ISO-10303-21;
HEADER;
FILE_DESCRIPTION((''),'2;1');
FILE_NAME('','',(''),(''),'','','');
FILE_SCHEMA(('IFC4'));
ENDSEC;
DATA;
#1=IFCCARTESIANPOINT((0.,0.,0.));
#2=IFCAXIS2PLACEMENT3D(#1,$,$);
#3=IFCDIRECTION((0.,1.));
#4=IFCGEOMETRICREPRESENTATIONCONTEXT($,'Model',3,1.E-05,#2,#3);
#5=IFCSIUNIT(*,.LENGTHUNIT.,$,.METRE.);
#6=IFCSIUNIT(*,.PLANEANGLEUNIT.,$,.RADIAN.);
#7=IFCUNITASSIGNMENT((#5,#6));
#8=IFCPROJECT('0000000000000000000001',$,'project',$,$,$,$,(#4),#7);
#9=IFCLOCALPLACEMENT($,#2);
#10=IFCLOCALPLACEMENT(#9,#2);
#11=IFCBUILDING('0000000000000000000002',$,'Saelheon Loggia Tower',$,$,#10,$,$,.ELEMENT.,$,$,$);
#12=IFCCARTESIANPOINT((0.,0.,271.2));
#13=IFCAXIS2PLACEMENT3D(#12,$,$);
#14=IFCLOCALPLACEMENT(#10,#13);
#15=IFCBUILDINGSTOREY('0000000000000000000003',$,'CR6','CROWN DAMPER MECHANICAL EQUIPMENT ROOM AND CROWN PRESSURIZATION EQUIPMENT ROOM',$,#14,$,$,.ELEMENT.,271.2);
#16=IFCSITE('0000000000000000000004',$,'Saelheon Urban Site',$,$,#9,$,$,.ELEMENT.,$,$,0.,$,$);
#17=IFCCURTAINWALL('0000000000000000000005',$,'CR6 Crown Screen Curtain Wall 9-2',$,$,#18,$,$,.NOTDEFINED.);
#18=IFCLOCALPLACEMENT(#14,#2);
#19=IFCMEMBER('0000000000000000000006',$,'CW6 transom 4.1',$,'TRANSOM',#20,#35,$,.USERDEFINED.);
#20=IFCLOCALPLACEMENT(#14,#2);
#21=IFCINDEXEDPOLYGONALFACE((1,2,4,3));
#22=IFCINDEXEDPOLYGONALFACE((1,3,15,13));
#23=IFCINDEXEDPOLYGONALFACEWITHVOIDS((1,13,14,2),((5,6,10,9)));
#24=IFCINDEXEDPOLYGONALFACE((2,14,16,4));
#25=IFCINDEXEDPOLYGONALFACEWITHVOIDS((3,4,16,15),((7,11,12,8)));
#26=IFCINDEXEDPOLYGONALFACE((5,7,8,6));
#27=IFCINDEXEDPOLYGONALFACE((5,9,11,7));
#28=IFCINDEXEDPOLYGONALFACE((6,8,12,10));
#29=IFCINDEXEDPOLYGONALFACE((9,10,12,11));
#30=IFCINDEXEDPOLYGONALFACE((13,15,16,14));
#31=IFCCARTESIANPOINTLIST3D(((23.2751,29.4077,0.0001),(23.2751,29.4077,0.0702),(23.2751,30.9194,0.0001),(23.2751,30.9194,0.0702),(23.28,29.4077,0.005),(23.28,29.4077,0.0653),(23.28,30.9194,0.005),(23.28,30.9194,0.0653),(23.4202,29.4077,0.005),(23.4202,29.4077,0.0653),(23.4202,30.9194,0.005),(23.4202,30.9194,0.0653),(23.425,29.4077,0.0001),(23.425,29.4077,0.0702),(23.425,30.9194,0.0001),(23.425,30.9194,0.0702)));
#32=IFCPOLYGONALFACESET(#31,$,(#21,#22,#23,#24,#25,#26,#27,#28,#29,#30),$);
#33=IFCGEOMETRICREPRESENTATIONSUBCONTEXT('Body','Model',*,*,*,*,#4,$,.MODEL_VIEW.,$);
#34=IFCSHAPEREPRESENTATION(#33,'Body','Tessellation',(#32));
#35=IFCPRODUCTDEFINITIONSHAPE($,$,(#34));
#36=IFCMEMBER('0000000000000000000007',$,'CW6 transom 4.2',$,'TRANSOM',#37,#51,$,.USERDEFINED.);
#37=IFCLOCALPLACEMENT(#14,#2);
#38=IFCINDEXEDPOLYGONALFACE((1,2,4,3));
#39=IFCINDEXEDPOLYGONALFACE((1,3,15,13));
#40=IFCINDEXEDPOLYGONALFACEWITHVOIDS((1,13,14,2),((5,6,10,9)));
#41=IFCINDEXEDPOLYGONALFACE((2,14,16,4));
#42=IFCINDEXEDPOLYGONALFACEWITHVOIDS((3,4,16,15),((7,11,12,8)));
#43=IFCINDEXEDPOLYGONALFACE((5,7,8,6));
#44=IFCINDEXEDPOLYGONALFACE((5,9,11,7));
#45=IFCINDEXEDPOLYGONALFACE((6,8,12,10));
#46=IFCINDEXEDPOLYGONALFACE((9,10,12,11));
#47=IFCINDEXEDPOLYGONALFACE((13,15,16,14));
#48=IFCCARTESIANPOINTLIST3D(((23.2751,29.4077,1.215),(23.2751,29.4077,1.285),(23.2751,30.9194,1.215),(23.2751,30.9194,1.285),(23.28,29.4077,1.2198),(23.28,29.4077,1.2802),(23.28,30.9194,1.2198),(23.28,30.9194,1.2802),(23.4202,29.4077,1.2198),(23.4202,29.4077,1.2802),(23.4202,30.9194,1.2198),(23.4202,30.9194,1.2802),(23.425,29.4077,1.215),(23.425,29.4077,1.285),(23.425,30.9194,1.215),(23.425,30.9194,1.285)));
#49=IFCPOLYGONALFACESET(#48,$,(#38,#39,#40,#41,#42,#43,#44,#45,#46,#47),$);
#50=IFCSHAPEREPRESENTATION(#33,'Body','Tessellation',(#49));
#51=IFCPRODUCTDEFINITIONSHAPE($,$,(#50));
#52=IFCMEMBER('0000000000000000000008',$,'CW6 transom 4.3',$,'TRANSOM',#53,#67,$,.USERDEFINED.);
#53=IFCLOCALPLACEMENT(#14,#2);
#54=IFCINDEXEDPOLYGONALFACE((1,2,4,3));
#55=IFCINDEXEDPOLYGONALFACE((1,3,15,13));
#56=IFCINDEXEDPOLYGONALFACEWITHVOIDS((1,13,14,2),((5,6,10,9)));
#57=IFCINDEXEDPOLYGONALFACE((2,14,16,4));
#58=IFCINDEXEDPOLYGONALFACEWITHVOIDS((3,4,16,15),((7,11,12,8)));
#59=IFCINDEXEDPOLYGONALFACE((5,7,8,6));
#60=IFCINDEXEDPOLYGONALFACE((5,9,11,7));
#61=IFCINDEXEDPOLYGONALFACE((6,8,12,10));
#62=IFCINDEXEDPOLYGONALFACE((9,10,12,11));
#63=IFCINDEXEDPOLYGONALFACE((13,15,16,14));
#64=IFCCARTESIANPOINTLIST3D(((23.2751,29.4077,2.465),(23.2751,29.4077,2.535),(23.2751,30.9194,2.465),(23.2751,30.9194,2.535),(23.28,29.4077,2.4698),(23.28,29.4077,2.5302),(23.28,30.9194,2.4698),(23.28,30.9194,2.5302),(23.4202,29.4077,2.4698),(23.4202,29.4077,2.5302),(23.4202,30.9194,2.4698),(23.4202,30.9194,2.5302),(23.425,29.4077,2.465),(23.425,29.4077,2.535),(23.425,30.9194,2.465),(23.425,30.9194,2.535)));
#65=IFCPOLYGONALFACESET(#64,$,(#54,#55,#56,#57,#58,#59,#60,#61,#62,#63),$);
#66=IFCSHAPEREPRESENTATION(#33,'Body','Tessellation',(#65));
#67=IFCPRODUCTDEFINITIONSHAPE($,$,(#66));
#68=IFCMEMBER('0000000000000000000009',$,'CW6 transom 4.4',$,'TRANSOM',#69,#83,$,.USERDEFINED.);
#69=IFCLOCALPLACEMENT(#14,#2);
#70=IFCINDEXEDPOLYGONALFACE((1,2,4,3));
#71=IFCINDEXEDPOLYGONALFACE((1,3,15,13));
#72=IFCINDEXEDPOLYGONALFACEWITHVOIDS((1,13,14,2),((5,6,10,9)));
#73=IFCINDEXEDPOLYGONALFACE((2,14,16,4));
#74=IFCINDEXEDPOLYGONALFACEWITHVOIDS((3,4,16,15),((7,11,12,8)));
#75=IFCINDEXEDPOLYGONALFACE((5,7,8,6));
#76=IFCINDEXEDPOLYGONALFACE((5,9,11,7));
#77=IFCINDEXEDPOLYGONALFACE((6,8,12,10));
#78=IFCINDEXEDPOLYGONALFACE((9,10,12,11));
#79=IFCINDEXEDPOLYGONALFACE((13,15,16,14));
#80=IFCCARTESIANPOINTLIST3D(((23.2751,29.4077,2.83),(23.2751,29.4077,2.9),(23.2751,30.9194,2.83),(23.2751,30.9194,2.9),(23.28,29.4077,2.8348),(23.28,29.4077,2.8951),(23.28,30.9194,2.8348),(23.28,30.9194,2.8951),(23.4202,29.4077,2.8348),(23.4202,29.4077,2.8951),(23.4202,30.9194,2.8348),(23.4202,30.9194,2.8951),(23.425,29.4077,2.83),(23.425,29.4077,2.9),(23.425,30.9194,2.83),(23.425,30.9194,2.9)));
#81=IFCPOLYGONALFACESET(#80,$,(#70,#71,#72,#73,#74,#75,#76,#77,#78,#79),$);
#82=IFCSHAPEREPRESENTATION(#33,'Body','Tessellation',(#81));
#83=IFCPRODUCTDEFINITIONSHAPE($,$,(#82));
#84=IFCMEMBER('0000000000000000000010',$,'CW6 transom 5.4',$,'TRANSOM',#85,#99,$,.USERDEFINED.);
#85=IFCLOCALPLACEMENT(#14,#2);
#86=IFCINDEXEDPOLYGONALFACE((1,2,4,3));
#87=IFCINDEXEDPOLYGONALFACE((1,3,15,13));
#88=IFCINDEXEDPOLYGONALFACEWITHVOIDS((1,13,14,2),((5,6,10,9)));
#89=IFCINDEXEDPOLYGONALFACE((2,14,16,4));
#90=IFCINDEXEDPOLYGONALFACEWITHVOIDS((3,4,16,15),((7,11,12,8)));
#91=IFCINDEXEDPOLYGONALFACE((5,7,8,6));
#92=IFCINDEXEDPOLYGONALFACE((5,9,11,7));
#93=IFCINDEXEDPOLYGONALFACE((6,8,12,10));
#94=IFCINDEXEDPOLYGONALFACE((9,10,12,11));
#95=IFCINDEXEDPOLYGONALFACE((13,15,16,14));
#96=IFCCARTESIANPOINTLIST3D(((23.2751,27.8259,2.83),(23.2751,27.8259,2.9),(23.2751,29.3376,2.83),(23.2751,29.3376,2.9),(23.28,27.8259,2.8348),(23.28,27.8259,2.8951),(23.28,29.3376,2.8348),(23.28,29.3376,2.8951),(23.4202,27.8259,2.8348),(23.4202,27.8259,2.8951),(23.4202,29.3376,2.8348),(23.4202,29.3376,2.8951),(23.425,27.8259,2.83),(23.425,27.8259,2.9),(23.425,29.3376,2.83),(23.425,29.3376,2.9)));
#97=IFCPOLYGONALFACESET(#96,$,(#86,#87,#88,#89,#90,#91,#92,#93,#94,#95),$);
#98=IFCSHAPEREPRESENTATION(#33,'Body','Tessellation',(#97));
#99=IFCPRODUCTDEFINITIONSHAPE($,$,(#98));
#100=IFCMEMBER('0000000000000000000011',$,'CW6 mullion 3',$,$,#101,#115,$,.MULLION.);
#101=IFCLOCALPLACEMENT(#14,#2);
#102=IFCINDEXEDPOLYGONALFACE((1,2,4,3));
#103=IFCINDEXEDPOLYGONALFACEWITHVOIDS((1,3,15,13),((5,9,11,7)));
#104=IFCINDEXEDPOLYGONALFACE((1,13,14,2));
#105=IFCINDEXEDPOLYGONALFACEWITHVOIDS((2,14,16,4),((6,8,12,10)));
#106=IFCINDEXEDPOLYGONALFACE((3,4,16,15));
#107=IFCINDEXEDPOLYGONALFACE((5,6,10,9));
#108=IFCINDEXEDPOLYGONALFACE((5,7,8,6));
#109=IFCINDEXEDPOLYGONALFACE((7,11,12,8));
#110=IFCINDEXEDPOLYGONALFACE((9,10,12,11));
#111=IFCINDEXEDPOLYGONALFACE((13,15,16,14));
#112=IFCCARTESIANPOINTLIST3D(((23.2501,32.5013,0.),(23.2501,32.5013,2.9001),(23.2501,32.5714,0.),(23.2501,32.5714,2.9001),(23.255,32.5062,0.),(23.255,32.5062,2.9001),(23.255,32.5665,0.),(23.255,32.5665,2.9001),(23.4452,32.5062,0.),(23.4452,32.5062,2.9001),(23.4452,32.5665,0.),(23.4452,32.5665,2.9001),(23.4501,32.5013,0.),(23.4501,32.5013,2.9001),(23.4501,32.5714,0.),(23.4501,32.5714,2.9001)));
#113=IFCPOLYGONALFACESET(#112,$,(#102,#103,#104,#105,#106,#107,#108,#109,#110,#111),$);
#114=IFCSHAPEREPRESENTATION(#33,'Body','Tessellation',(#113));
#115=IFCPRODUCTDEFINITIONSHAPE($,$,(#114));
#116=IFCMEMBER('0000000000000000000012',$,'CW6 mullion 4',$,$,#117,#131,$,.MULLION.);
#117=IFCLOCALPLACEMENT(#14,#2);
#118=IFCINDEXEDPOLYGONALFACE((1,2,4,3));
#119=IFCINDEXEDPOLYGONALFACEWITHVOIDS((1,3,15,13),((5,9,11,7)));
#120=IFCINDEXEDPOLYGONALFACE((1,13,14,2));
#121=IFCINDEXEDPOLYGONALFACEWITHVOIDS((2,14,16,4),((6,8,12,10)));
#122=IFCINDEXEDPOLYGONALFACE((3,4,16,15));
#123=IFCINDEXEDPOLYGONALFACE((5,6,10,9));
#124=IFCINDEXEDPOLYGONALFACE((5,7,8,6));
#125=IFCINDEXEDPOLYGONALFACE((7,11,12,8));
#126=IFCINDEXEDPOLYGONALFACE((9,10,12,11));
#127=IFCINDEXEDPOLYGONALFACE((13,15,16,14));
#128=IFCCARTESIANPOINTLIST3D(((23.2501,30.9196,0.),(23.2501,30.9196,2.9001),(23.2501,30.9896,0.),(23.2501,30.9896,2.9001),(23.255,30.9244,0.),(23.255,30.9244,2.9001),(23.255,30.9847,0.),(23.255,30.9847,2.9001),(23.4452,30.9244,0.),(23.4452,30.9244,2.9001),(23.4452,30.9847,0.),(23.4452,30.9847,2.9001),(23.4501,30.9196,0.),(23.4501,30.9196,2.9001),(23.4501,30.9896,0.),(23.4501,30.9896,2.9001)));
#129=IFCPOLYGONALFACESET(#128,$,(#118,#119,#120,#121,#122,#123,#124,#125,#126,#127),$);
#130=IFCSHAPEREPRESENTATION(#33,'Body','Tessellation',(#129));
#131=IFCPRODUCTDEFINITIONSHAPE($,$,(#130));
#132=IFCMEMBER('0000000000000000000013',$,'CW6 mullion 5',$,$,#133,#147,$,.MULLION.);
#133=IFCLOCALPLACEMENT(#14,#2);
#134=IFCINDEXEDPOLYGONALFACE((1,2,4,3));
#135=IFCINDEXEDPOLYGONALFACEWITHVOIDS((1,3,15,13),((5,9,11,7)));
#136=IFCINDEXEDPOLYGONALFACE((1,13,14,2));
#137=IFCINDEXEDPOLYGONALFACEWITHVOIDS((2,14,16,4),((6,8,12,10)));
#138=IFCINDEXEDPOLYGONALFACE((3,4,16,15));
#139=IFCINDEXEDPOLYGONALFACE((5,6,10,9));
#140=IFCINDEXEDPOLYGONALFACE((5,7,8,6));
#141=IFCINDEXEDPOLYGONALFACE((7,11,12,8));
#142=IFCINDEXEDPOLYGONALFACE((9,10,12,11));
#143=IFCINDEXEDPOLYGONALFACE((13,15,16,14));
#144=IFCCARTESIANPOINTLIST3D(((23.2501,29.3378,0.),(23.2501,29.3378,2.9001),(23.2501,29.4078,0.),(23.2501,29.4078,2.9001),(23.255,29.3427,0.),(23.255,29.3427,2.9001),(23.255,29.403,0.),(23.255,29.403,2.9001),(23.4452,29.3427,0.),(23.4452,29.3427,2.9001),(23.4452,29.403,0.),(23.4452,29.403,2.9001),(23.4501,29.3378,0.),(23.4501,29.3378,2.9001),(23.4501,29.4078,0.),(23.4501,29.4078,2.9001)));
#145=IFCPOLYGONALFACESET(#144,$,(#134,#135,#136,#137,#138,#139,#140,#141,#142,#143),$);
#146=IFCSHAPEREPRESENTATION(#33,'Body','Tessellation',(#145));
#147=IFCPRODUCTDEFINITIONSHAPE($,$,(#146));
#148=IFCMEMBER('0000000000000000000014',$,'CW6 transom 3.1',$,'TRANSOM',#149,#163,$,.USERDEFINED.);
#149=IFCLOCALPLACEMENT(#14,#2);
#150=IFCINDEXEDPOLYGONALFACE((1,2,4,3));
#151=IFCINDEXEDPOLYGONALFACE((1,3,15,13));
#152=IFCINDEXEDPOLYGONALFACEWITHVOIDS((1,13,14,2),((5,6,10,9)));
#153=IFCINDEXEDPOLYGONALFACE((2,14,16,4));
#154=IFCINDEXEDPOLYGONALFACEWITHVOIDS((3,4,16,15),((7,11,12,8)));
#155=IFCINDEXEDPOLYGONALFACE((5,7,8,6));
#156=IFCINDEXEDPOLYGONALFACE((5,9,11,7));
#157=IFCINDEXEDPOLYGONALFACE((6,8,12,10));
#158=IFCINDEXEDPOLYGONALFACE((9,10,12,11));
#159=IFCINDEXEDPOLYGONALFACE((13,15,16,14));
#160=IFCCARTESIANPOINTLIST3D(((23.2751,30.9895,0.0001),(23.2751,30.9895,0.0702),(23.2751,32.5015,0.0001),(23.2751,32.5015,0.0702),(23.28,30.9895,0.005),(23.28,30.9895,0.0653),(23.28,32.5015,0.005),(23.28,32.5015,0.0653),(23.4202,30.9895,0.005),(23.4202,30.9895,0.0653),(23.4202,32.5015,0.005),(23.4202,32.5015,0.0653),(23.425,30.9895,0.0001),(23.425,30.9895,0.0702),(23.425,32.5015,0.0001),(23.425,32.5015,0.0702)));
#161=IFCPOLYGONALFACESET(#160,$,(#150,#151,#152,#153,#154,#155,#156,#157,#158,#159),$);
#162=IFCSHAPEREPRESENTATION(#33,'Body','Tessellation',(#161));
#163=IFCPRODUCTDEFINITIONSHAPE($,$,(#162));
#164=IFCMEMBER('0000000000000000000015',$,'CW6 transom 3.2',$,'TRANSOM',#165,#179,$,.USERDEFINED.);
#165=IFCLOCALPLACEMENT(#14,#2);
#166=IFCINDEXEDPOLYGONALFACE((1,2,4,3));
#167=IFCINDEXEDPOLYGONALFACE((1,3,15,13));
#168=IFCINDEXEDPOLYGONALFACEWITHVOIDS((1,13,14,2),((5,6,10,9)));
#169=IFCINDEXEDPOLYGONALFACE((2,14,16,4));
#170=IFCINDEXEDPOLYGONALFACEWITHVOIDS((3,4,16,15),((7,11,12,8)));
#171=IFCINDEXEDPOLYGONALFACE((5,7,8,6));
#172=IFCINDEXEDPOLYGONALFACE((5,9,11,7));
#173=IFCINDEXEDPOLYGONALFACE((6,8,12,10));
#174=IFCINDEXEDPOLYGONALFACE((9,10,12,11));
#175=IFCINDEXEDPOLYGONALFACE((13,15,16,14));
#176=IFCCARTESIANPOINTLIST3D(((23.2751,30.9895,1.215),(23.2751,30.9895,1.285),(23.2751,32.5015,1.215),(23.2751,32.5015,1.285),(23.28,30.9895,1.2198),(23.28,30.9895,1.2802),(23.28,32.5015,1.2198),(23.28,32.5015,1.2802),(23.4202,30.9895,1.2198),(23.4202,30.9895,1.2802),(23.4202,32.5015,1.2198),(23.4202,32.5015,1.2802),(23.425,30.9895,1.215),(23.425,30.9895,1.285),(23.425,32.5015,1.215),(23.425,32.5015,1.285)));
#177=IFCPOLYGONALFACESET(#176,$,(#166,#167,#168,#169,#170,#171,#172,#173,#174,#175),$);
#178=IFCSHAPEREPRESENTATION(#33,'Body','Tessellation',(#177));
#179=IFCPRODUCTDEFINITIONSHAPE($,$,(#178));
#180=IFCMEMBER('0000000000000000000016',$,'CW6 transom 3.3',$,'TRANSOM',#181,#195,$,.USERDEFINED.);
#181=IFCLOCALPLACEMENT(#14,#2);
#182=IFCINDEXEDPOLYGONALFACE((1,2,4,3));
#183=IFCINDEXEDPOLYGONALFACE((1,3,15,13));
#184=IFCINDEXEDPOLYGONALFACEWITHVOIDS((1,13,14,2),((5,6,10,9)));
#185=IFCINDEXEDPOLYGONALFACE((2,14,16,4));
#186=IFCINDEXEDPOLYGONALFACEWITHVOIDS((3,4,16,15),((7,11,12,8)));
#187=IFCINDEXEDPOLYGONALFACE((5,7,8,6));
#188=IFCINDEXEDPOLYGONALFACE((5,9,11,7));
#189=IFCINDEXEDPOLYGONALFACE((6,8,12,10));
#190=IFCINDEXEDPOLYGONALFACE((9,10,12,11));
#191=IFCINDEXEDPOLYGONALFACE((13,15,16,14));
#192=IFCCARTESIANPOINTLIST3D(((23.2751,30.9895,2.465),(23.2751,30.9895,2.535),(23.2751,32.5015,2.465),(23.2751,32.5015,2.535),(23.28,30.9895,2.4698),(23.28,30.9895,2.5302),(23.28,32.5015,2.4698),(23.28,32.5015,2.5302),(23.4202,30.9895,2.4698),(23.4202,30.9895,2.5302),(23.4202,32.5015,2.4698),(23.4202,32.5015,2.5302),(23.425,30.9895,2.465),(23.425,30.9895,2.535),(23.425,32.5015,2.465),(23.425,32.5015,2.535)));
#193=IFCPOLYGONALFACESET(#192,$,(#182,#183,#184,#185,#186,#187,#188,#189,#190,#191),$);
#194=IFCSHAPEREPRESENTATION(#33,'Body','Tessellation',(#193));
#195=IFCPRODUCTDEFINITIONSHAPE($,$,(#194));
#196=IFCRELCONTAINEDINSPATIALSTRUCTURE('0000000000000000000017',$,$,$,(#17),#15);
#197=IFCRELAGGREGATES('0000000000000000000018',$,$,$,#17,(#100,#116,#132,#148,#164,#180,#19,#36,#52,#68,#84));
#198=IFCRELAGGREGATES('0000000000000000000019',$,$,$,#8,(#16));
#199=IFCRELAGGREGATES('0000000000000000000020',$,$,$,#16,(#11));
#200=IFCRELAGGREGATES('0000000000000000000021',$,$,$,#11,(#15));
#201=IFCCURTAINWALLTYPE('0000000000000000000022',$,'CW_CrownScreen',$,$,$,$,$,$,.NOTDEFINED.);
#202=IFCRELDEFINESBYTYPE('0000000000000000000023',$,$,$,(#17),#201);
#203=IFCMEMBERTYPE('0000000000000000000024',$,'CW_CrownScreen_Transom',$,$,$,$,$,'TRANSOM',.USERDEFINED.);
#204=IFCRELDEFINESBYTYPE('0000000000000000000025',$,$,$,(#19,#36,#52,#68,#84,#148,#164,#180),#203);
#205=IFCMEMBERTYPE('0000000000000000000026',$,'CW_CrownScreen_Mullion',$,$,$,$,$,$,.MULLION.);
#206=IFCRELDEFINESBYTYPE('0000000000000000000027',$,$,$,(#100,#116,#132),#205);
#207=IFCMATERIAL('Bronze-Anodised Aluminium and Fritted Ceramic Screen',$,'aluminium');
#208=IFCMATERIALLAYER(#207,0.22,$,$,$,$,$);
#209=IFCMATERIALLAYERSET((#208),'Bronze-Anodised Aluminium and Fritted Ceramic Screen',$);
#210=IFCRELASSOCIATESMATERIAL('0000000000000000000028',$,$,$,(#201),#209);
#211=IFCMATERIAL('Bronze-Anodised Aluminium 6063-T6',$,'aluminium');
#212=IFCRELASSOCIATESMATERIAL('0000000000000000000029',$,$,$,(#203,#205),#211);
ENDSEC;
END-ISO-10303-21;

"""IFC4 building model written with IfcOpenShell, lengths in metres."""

from ifc_helpers import new_model, si_unit, direction, frame, origin, origin_2d, place, context, subcontext, project, spatial, hollow_rectangle, extrude, source, transform, mapped, material, layer, layer_set, material_profile, profile_set, type_object, element, aggregate, save


model = new_model("IFC4")

# Units and contexts
model_context = context("Model", 3, precision=1e-05, world=origin(), true_north=direction((0.0, 1.0)))
body_context = subcontext(model_context, "Body", "Model", "MODEL_VIEW")
ifc_project = project(units=[si_unit("LENGTHUNIT", "METRE"), si_unit("PLANEANGLEUNIT", "RADIAN")], contexts=[model_context])

# Site, building, storey
site_placement = place(None, origin())
site = spatial("IfcSite", under=ifc_project, at=site_placement, Name="Saelheon Urban Site", CompositionType="ELEMENT", RefElevation=0.0)
building_placement = place(site_placement, origin())
building = spatial("IfcBuilding", under=site, at=building_placement, Name="Saelheon Loggia Tower", CompositionType="ELEMENT")
storey_placement = place(building_placement, frame((0.0, 0.0, 271.2)))
storey = spatial("IfcBuildingStorey", under=building, at=storey_placement, Name="CR6", Description="CROWN DAMPER MECHANICAL EQUIPMENT ROOM AND CROWN PRESSURIZATION EQUIPMENT ROOM", CompositionType="ELEMENT", Elevation=271.2)

# Curtain wall, members
ifc_material_1 = material(Name="Bronze-Anodised Aluminium and Fritted Ceramic Screen", Category="aluminium")
ifc_layer_1 = layer(ifc_material_1, 0.22)
ifc_layer_set_1 = layer_set([ifc_layer_1], Name="Bronze-Anodised Aluminium and Fritted Ceramic Screen")
curtain_wall_type = type_object("IfcCurtainWallType", Name="CW_CrownScreen", PredefinedType="NOTDEFINED", material=ifc_layer_set_1)
curtain_wall_placement = place(storey_placement, origin())
curtain_wall = element("IfcCurtainWall", 1, at=curtain_wall_placement, inside=storey, type_object=curtain_wall_type, Name="CR6 Crown Screen Curtain Wall 9-2", PredefinedType="NOTDEFINED")
ifc_material_2 = material(Name="Bronze-Anodised Aluminium 6063-T6", Category="aluminium")
ifc_material_profile_1 = material_profile(ifc_material_2, hollow_rectangle(XDim=0.0701, YDim=0.1499, WallThickness=0.0049, at=origin_2d()), Name="RHS-150x70x5")
ifc_profile_set_1 = profile_set([ifc_material_profile_1], Name="Bronze-Anodised Aluminium 6063-T6")
member_type_1 = type_object("IfcMemberType", Name="CW_CrownScreen_Transom", ElementType="TRANSOM", PredefinedType="USERDEFINED", material=ifc_profile_set_1)
shared_shape_1 = source(origin(), body_context, "Body", "SweptSolid", [
    extrude(hollow_rectangle(XDim=0.0701, YDim=0.1499, WallThickness=0.0049, at=origin_2d()), origin(), (0.0, 0.0, 1.0), 1.5117),
])
member_1_placement = place(storey_placement, frame((23.3501, 30.9194, 0.0352), z_axis=(0.0, -1.0, 0.0), x_axis=(0.0, 0.0, 1.0)))
member_1 = element("IfcMember", 2, at=member_1_placement, type_object=member_type_1, Name="CW6 transom 4.1", ObjectType="TRANSOM", PredefinedType="USERDEFINED", context=body_context, shape_type="MappedRepresentation", body=[
    mapped(shared_shape_1, transform((0.0, 0.0, 0.0), scale=1.0)),
])
member_2_placement = place(storey_placement, frame((23.3501, 30.9194, 1.25), z_axis=(0.0, -1.0, 0.0), x_axis=(0.0, 0.0, 1.0)))
member_2 = element("IfcMember", 3, at=member_2_placement, type_object=member_type_1, Name="CW6 transom 4.2", ObjectType="TRANSOM", PredefinedType="USERDEFINED", context=body_context, shape_type="MappedRepresentation", body=[
    mapped(shared_shape_1, transform((0.0, 0.0, 0.0), scale=1.0)),
])
member_3_placement = place(storey_placement, frame((23.3501, 30.9194, 2.5), z_axis=(0.0, -1.0, 0.0), x_axis=(0.0, 0.0, 1.0)))
member_3 = element("IfcMember", 4, at=member_3_placement, type_object=member_type_1, Name="CW6 transom 4.3", ObjectType="TRANSOM", PredefinedType="USERDEFINED", context=body_context, shape_type="MappedRepresentation", body=[
    mapped(shared_shape_1, transform((0.0, 0.0, 0.0), scale=1.0)),
])
member_4_placement = place(storey_placement, frame((23.3501, 30.9194, 2.865), z_axis=(0.0, -1.0, 0.0), x_axis=(0.0, 0.0, 1.0)))
member_4 = element("IfcMember", 5, at=member_4_placement, type_object=member_type_1, Name="CW6 transom 4.4", ObjectType="TRANSOM", PredefinedType="USERDEFINED", context=body_context, shape_type="MappedRepresentation", body=[
    mapped(shared_shape_1, transform((0.0, 0.0, 0.0), scale=1.0)),
])
member_5_placement = place(storey_placement, frame((23.3501, 29.3376, 2.865), z_axis=(0.0, -1.0, 0.0), x_axis=(0.0, 0.0, 1.0)))
member_5 = element("IfcMember", 6, at=member_5_placement, type_object=member_type_1, Name="CW6 transom 5.4", ObjectType="TRANSOM", PredefinedType="USERDEFINED", context=body_context, shape_type="MappedRepresentation", body=[
    mapped(shared_shape_1, transform((0.0, 0.0, 0.0), scale=1.0)),
])
ifc_material_profile_2 = material_profile(ifc_material_2, hollow_rectangle(XDim=0.0701, YDim=0.2, WallThickness=0.0049, at=origin_2d()), Name="RHS-200x70x5")
ifc_profile_set_2 = profile_set([ifc_material_profile_2], Name="Bronze-Anodised Aluminium 6063-T6")
member_type_2 = type_object("IfcMemberType", Name="CW_CrownScreen_Mullion", PredefinedType="MULLION", material=ifc_profile_set_2)
shared_shape_2 = source(origin(), body_context, "Body", "SweptSolid", [
    extrude(hollow_rectangle(XDim=0.0701, YDim=0.2, WallThickness=0.0049, at=origin_2d()), origin(), (0.0, 0.0, 1.0), 2.9001),
])
member_6_placement = place(storey_placement, frame((23.3501, 32.5364, 0.0), z_axis=(0.0, 0.0, 1.0), x_axis=(0.0, -1.0, 0.0)))
member_6 = element("IfcMember", 7, at=member_6_placement, type_object=member_type_2, Name="CW6 mullion 3", PredefinedType="MULLION", context=body_context, shape_type="MappedRepresentation", body=[
    mapped(shared_shape_2, transform((0.0, 0.0, 0.0), scale=1.0)),
])
member_7_placement = place(storey_placement, frame((23.3501, 30.9546, 0.0), z_axis=(0.0, 0.0, 1.0), x_axis=(0.0, -1.0, 0.0)))
member_7 = element("IfcMember", 8, at=member_7_placement, type_object=member_type_2, Name="CW6 mullion 4", PredefinedType="MULLION", context=body_context, shape_type="MappedRepresentation", body=[
    mapped(shared_shape_2, transform((0.0, 0.0, 0.0), scale=1.0)),
])
member_8_placement = place(storey_placement, frame((23.3501, 29.3728, 0.0), z_axis=(0.0, 0.0, 1.0), x_axis=(0.0, -1.0, 0.0)))
member_8 = element("IfcMember", 9, at=member_8_placement, type_object=member_type_2, Name="CW6 mullion 5", PredefinedType="MULLION", context=body_context, shape_type="MappedRepresentation", body=[
    mapped(shared_shape_2, transform((0.0, 0.0, 0.0), scale=1.0)),
])
shared_shape_3 = source(origin(), body_context, "Body", "SweptSolid", [
    extrude(hollow_rectangle(XDim=0.0701, YDim=0.1499, WallThickness=0.0049, at=origin_2d()), origin(), (0.0, 0.0, 1.0), 1.512),
])
member_9_placement = place(storey_placement, frame((23.3501, 32.5015, 0.0352), z_axis=(0.0, -1.0, 0.0), x_axis=(0.0, 0.0, 1.0)))
member_9 = element("IfcMember", 10, at=member_9_placement, type_object=member_type_1, Name="CW6 transom 3.1", ObjectType="TRANSOM", PredefinedType="USERDEFINED", context=body_context, shape_type="MappedRepresentation", body=[
    mapped(shared_shape_3, transform((0.0, 0.0, 0.0), scale=1.0)),
])
member_10_placement = place(storey_placement, frame((23.3501, 32.5015, 1.25), z_axis=(0.0, -1.0, 0.0), x_axis=(0.0, 0.0, 1.0)))
member_10 = element("IfcMember", 11, at=member_10_placement, type_object=member_type_1, Name="CW6 transom 3.2", ObjectType="TRANSOM", PredefinedType="USERDEFINED", context=body_context, shape_type="MappedRepresentation", body=[
    mapped(shared_shape_3, transform((0.0, 0.0, 0.0), scale=1.0)),
])
member_11_placement = place(storey_placement, frame((23.3501, 32.5015, 2.5), z_axis=(0.0, -1.0, 0.0), x_axis=(0.0, 0.0, 1.0)))
member_11 = element("IfcMember", 12, at=member_11_placement, type_object=member_type_1, Name="CW6 transom 3.3", ObjectType="TRANSOM", PredefinedType="USERDEFINED", context=body_context, shape_type="MappedRepresentation", body=[
    mapped(shared_shape_3, transform((0.0, 0.0, 0.0), scale=1.0)),
])
aggregate(curtain_wall, [member_6, member_7, member_8, member_9, member_10, member_11, member_1, member_2, member_3, member_4, member_5])

save(model, "model.ifc")
